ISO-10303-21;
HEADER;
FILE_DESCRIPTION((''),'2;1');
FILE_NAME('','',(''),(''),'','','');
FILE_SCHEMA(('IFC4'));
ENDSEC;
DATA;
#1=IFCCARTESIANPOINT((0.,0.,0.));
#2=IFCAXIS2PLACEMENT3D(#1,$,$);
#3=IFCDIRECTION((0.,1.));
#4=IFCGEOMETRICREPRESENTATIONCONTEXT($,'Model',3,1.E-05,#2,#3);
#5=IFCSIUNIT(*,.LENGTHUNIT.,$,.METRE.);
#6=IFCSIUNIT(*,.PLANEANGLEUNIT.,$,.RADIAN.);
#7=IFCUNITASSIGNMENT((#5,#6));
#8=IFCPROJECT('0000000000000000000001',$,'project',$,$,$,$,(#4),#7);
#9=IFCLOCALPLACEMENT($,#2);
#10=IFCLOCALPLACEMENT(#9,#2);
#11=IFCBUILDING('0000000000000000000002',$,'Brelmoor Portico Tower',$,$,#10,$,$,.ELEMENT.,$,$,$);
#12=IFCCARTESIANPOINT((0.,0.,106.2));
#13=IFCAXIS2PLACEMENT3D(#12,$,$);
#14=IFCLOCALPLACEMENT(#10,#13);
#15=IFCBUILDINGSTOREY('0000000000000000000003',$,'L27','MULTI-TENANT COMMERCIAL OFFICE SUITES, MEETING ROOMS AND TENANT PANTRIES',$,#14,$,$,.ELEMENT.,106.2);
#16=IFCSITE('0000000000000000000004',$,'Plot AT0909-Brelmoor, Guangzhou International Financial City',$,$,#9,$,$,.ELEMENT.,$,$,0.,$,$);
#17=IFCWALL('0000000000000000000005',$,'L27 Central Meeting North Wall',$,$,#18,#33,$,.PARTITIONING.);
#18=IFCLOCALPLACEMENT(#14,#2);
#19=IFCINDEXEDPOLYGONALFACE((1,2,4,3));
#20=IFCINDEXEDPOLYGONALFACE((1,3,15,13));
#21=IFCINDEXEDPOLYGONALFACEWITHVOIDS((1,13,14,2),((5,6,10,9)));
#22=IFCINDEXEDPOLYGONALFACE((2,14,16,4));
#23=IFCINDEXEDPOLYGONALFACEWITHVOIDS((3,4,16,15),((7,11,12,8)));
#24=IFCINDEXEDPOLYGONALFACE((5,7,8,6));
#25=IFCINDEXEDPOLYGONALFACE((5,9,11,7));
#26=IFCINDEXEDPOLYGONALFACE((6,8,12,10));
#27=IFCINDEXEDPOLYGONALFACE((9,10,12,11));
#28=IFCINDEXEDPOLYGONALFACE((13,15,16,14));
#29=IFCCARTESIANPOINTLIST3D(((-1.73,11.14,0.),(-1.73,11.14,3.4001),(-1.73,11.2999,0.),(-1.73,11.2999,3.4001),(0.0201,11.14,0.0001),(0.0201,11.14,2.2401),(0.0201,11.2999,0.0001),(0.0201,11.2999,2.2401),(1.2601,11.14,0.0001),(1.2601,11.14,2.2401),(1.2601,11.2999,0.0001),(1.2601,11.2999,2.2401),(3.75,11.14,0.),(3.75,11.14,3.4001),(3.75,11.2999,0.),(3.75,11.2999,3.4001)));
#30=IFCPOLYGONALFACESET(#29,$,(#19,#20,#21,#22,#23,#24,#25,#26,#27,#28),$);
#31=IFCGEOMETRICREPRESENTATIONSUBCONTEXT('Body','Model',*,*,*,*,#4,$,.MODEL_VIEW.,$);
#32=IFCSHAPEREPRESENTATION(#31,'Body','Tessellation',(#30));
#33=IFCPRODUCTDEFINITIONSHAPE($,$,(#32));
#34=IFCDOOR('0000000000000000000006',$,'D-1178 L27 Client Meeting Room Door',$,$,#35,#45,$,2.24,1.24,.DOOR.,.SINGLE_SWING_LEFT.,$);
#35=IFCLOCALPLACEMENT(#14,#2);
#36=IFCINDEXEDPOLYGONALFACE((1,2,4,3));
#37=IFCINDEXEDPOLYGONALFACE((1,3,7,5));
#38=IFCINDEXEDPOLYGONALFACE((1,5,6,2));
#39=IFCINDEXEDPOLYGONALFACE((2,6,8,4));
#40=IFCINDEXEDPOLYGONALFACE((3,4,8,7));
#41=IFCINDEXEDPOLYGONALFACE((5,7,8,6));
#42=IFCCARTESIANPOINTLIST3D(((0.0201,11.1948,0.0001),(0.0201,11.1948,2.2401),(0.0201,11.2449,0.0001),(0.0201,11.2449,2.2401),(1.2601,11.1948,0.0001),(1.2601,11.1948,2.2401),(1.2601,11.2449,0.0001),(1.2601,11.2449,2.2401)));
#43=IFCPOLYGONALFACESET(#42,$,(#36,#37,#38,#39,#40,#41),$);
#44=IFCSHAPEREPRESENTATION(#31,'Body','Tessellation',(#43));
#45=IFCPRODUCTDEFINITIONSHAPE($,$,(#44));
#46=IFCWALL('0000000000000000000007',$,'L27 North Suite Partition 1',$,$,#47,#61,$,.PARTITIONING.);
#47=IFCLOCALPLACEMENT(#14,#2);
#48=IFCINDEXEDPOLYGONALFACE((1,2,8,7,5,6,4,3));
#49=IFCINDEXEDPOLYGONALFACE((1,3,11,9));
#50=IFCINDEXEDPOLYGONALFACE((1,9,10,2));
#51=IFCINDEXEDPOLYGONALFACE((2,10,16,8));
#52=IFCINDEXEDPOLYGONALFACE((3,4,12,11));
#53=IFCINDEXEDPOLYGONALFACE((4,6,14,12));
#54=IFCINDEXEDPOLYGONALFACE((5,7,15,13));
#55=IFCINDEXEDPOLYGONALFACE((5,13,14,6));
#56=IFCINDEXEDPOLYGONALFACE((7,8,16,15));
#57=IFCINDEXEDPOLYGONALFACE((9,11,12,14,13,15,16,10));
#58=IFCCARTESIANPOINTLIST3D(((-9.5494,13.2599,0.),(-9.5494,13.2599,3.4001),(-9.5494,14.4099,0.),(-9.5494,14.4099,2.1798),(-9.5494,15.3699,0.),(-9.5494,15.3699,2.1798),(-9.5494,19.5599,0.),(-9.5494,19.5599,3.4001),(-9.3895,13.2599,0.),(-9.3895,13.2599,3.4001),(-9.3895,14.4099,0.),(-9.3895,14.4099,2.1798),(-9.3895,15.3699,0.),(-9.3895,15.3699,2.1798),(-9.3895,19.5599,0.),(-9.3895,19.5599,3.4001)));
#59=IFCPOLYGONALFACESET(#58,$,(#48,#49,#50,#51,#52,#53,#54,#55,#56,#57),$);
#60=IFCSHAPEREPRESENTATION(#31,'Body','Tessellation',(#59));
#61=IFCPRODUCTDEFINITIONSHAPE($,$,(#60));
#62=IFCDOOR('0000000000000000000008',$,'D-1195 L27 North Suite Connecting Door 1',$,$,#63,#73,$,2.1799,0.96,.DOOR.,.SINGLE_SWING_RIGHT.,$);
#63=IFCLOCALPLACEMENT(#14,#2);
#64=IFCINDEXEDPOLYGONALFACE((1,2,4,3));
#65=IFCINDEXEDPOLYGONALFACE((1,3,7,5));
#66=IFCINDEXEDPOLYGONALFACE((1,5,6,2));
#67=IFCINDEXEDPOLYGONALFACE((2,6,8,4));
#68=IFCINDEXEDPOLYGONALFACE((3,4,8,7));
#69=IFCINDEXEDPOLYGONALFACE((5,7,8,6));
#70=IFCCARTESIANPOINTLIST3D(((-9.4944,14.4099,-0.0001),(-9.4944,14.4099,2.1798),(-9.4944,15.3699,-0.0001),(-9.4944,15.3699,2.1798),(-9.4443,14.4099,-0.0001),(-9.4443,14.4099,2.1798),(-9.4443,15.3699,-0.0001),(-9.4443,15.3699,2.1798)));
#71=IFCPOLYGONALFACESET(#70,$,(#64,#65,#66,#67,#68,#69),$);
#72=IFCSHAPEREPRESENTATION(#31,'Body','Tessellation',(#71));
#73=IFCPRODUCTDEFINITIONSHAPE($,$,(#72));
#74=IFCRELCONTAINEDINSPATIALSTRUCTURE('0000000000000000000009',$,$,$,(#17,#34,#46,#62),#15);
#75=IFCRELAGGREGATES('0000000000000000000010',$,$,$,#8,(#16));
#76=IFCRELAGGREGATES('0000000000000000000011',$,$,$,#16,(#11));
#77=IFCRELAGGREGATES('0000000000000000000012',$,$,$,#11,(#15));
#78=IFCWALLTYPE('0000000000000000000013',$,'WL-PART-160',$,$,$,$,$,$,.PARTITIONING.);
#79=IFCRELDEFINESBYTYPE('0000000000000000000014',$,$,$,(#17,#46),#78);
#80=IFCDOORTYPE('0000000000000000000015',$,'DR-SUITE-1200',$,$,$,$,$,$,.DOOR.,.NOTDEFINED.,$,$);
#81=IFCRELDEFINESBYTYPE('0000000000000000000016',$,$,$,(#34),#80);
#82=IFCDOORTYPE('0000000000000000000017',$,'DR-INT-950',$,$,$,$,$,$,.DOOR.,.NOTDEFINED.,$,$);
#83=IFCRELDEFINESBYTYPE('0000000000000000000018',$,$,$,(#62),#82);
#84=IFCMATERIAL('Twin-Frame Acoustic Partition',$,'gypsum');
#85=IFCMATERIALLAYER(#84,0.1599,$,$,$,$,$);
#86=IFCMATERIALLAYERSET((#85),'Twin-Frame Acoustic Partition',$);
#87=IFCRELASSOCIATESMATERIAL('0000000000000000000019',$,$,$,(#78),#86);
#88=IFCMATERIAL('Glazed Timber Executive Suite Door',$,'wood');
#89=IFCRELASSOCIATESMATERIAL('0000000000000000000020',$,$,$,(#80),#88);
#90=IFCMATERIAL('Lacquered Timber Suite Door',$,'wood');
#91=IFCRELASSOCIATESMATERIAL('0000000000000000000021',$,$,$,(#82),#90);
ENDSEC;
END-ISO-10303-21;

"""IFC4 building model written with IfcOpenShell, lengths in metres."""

from ifc_helpers import new_model, si_unit, direction, frame, frame_2d, origin, place, context, subcontext, project, spatial, rectangle, extrude, material, layer, layer_set, type_object, element, fill, save


model = new_model("IFC4")

# Units and contexts
model_context = context("Model", 3, precision=1e-05, world=origin(), true_north=direction((0.0, 1.0)))
body_context = subcontext(model_context, "Body", "Model", "MODEL_VIEW")
ifc_project = project(units=[si_unit("LENGTHUNIT", "METRE"), si_unit("PLANEANGLEUNIT", "RADIAN")], contexts=[model_context])

# Site, building, storey
site_placement = place(None, origin())
site = spatial("IfcSite", under=ifc_project, at=site_placement, Name="Plot AT0909-Brelmoor, Guangzhou International Financial City", CompositionType="ELEMENT", RefElevation=0.0)
building_placement = place(site_placement, origin())
building = spatial("IfcBuilding", under=site, at=building_placement, Name="Brelmoor Portico Tower", CompositionType="ELEMENT")
storey_placement = place(building_placement, frame((0.0, 0.0, 106.2)))
storey = spatial("IfcBuildingStorey", under=building, at=storey_placement, Name="L27", Description="MULTI-TENANT COMMERCIAL OFFICE SUITES, MEETING ROOMS AND TENANT PANTRIES", CompositionType="ELEMENT", Elevation=106.2)

# Shared definitions
ifc_material_1 = material(Name="Twin-Frame Acoustic Partition", Category="gypsum")
ifc_layer_1 = layer(ifc_material_1, 0.1599)
ifc_layer_set_1 = layer_set([ifc_layer_1], Name="Twin-Frame Acoustic Partition")
wall_type_1 = type_object("IfcWallType", Name="WL-PART-160", PredefinedType="PARTITIONING", material=ifc_layer_set_1)

# Walls, openings, doors
wall_1_placement = place(storey_placement, frame((-1.73, 11.22, 0.0), z_axis=(0.0, 0.0, 1.0), x_axis=(1.0, 0.0, 0.0)))
wall_1 = element("IfcWall", 1, at=wall_1_placement, inside=storey, type_object=wall_type_1, Name="L27 Central Meeting North Wall", PredefinedType="PARTITIONING", context=body_context, shape_type="SweptSolid", body=[
    extrude(rectangle(XDim=5.48, YDim=0.1599, at=frame_2d((2.74, 0.0))), origin(), (0.0, 0.0, 1.0), 3.4001),
])
opening_1_placement = place(wall_1_placement, frame((1.75, 0.0, 0.0)))
opening_1 = element("IfcOpeningElement", 2, at=opening_1_placement, cuts=wall_1, PredefinedType="OPENING", context=body_context, shape_type="SweptSolid", body=[
    extrude(rectangle(XDim=1.24, YDim=2.24, at=frame_2d((0.6201, 1.1201))), frame((0.0, 0.0898, 0.0), z_axis=(0.0, -1.0, 0.0), x_axis=(1.0, 0.0, 0.0)), (0.0, 0.0, 1.0), 0.1799),
])
ifc_material_2 = material(Name="Glazed Timber Executive Suite Door", Category="wood")
door_type_1 = type_object("IfcDoorType", Name="DR-SUITE-1200", OperationType="NOTDEFINED", PredefinedType="DOOR", material=ifc_material_2)
door_1_placement = place(opening_1_placement, origin())
door_1 = element("IfcDoor", 3, at=door_1_placement, inside=storey, type_object=door_type_1, Name="D-1178 L27 Client Meeting Room Door", OperationType="SINGLE_SWING_LEFT", OverallHeight=2.24, OverallWidth=1.24, PredefinedType="DOOR", context=body_context, shape_type="SweptSolid", body=[
    extrude(rectangle(XDim=1.24, YDim=2.24, at=frame_2d((0.6201, 1.1201))), frame((0.0, 0.0249, 0.0), z_axis=(0.0, -1.0, 0.0), x_axis=(1.0, 0.0, 0.0)), (0.0, 0.0, 1.0), 0.05),
])
fill(opening_1, door_1)
wall_2_placement = place(storey_placement, frame((-9.4695, 13.26, 0.0), z_axis=(0.0, 0.0, 1.0), x_axis=(0.0, 1.0, 0.0)))
wall_2 = element("IfcWall", 4, at=wall_2_placement, inside=storey, type_object=wall_type_1, Name="L27 North Suite Partition 1", PredefinedType="PARTITIONING", context=body_context, shape_type="SweptSolid", body=[
    extrude(rectangle(XDim=6.3, YDim=0.1599, at=frame_2d((3.1499, 0.0))), origin(), (0.0, 0.0, 1.0), 3.4001),
])
opening_2_placement = place(wall_2_placement, frame((1.1499, 0.0, 0.0)))
opening_2 = element("IfcOpeningElement", 5, at=opening_2_placement, cuts=wall_2, PredefinedType="OPENING", context=body_context, shape_type="SweptSolid", body=[
    extrude(rectangle(XDim=0.96, YDim=2.1799, at=frame_2d((0.48, 1.0898))), frame((0.0, 0.0898, 0.0), z_axis=(0.0, -1.0, 0.0), x_axis=(1.0, 0.0, 0.0)), (0.0, 0.0, 1.0), 0.1799),
])
ifc_material_3 = material(Name="Lacquered Timber Suite Door", Category="wood")
door_type_2 = type_object("IfcDoorType", Name="DR-INT-950", OperationType="NOTDEFINED", PredefinedType="DOOR", material=ifc_material_3)
door_2_placement = place(opening_2_placement, origin())
door_2 = element("IfcDoor", 6, at=door_2_placement, inside=storey, type_object=door_type_2, Name="D-1195 L27 North Suite Connecting Door 1", OperationType="SINGLE_SWING_RIGHT", OverallHeight=2.1799, OverallWidth=0.96, PredefinedType="DOOR", context=body_context, shape_type="SweptSolid", body=[
    extrude(rectangle(XDim=0.96, YDim=2.1799, at=frame_2d((0.48, 1.0898))), frame((0.0, 0.0249, 0.0), z_axis=(0.0, -1.0, 0.0), x_axis=(1.0, 0.0, 0.0)), (0.0, 0.0, 1.0), 0.05),
])
fill(opening_2, door_2)

save(model, "model.ifc")
